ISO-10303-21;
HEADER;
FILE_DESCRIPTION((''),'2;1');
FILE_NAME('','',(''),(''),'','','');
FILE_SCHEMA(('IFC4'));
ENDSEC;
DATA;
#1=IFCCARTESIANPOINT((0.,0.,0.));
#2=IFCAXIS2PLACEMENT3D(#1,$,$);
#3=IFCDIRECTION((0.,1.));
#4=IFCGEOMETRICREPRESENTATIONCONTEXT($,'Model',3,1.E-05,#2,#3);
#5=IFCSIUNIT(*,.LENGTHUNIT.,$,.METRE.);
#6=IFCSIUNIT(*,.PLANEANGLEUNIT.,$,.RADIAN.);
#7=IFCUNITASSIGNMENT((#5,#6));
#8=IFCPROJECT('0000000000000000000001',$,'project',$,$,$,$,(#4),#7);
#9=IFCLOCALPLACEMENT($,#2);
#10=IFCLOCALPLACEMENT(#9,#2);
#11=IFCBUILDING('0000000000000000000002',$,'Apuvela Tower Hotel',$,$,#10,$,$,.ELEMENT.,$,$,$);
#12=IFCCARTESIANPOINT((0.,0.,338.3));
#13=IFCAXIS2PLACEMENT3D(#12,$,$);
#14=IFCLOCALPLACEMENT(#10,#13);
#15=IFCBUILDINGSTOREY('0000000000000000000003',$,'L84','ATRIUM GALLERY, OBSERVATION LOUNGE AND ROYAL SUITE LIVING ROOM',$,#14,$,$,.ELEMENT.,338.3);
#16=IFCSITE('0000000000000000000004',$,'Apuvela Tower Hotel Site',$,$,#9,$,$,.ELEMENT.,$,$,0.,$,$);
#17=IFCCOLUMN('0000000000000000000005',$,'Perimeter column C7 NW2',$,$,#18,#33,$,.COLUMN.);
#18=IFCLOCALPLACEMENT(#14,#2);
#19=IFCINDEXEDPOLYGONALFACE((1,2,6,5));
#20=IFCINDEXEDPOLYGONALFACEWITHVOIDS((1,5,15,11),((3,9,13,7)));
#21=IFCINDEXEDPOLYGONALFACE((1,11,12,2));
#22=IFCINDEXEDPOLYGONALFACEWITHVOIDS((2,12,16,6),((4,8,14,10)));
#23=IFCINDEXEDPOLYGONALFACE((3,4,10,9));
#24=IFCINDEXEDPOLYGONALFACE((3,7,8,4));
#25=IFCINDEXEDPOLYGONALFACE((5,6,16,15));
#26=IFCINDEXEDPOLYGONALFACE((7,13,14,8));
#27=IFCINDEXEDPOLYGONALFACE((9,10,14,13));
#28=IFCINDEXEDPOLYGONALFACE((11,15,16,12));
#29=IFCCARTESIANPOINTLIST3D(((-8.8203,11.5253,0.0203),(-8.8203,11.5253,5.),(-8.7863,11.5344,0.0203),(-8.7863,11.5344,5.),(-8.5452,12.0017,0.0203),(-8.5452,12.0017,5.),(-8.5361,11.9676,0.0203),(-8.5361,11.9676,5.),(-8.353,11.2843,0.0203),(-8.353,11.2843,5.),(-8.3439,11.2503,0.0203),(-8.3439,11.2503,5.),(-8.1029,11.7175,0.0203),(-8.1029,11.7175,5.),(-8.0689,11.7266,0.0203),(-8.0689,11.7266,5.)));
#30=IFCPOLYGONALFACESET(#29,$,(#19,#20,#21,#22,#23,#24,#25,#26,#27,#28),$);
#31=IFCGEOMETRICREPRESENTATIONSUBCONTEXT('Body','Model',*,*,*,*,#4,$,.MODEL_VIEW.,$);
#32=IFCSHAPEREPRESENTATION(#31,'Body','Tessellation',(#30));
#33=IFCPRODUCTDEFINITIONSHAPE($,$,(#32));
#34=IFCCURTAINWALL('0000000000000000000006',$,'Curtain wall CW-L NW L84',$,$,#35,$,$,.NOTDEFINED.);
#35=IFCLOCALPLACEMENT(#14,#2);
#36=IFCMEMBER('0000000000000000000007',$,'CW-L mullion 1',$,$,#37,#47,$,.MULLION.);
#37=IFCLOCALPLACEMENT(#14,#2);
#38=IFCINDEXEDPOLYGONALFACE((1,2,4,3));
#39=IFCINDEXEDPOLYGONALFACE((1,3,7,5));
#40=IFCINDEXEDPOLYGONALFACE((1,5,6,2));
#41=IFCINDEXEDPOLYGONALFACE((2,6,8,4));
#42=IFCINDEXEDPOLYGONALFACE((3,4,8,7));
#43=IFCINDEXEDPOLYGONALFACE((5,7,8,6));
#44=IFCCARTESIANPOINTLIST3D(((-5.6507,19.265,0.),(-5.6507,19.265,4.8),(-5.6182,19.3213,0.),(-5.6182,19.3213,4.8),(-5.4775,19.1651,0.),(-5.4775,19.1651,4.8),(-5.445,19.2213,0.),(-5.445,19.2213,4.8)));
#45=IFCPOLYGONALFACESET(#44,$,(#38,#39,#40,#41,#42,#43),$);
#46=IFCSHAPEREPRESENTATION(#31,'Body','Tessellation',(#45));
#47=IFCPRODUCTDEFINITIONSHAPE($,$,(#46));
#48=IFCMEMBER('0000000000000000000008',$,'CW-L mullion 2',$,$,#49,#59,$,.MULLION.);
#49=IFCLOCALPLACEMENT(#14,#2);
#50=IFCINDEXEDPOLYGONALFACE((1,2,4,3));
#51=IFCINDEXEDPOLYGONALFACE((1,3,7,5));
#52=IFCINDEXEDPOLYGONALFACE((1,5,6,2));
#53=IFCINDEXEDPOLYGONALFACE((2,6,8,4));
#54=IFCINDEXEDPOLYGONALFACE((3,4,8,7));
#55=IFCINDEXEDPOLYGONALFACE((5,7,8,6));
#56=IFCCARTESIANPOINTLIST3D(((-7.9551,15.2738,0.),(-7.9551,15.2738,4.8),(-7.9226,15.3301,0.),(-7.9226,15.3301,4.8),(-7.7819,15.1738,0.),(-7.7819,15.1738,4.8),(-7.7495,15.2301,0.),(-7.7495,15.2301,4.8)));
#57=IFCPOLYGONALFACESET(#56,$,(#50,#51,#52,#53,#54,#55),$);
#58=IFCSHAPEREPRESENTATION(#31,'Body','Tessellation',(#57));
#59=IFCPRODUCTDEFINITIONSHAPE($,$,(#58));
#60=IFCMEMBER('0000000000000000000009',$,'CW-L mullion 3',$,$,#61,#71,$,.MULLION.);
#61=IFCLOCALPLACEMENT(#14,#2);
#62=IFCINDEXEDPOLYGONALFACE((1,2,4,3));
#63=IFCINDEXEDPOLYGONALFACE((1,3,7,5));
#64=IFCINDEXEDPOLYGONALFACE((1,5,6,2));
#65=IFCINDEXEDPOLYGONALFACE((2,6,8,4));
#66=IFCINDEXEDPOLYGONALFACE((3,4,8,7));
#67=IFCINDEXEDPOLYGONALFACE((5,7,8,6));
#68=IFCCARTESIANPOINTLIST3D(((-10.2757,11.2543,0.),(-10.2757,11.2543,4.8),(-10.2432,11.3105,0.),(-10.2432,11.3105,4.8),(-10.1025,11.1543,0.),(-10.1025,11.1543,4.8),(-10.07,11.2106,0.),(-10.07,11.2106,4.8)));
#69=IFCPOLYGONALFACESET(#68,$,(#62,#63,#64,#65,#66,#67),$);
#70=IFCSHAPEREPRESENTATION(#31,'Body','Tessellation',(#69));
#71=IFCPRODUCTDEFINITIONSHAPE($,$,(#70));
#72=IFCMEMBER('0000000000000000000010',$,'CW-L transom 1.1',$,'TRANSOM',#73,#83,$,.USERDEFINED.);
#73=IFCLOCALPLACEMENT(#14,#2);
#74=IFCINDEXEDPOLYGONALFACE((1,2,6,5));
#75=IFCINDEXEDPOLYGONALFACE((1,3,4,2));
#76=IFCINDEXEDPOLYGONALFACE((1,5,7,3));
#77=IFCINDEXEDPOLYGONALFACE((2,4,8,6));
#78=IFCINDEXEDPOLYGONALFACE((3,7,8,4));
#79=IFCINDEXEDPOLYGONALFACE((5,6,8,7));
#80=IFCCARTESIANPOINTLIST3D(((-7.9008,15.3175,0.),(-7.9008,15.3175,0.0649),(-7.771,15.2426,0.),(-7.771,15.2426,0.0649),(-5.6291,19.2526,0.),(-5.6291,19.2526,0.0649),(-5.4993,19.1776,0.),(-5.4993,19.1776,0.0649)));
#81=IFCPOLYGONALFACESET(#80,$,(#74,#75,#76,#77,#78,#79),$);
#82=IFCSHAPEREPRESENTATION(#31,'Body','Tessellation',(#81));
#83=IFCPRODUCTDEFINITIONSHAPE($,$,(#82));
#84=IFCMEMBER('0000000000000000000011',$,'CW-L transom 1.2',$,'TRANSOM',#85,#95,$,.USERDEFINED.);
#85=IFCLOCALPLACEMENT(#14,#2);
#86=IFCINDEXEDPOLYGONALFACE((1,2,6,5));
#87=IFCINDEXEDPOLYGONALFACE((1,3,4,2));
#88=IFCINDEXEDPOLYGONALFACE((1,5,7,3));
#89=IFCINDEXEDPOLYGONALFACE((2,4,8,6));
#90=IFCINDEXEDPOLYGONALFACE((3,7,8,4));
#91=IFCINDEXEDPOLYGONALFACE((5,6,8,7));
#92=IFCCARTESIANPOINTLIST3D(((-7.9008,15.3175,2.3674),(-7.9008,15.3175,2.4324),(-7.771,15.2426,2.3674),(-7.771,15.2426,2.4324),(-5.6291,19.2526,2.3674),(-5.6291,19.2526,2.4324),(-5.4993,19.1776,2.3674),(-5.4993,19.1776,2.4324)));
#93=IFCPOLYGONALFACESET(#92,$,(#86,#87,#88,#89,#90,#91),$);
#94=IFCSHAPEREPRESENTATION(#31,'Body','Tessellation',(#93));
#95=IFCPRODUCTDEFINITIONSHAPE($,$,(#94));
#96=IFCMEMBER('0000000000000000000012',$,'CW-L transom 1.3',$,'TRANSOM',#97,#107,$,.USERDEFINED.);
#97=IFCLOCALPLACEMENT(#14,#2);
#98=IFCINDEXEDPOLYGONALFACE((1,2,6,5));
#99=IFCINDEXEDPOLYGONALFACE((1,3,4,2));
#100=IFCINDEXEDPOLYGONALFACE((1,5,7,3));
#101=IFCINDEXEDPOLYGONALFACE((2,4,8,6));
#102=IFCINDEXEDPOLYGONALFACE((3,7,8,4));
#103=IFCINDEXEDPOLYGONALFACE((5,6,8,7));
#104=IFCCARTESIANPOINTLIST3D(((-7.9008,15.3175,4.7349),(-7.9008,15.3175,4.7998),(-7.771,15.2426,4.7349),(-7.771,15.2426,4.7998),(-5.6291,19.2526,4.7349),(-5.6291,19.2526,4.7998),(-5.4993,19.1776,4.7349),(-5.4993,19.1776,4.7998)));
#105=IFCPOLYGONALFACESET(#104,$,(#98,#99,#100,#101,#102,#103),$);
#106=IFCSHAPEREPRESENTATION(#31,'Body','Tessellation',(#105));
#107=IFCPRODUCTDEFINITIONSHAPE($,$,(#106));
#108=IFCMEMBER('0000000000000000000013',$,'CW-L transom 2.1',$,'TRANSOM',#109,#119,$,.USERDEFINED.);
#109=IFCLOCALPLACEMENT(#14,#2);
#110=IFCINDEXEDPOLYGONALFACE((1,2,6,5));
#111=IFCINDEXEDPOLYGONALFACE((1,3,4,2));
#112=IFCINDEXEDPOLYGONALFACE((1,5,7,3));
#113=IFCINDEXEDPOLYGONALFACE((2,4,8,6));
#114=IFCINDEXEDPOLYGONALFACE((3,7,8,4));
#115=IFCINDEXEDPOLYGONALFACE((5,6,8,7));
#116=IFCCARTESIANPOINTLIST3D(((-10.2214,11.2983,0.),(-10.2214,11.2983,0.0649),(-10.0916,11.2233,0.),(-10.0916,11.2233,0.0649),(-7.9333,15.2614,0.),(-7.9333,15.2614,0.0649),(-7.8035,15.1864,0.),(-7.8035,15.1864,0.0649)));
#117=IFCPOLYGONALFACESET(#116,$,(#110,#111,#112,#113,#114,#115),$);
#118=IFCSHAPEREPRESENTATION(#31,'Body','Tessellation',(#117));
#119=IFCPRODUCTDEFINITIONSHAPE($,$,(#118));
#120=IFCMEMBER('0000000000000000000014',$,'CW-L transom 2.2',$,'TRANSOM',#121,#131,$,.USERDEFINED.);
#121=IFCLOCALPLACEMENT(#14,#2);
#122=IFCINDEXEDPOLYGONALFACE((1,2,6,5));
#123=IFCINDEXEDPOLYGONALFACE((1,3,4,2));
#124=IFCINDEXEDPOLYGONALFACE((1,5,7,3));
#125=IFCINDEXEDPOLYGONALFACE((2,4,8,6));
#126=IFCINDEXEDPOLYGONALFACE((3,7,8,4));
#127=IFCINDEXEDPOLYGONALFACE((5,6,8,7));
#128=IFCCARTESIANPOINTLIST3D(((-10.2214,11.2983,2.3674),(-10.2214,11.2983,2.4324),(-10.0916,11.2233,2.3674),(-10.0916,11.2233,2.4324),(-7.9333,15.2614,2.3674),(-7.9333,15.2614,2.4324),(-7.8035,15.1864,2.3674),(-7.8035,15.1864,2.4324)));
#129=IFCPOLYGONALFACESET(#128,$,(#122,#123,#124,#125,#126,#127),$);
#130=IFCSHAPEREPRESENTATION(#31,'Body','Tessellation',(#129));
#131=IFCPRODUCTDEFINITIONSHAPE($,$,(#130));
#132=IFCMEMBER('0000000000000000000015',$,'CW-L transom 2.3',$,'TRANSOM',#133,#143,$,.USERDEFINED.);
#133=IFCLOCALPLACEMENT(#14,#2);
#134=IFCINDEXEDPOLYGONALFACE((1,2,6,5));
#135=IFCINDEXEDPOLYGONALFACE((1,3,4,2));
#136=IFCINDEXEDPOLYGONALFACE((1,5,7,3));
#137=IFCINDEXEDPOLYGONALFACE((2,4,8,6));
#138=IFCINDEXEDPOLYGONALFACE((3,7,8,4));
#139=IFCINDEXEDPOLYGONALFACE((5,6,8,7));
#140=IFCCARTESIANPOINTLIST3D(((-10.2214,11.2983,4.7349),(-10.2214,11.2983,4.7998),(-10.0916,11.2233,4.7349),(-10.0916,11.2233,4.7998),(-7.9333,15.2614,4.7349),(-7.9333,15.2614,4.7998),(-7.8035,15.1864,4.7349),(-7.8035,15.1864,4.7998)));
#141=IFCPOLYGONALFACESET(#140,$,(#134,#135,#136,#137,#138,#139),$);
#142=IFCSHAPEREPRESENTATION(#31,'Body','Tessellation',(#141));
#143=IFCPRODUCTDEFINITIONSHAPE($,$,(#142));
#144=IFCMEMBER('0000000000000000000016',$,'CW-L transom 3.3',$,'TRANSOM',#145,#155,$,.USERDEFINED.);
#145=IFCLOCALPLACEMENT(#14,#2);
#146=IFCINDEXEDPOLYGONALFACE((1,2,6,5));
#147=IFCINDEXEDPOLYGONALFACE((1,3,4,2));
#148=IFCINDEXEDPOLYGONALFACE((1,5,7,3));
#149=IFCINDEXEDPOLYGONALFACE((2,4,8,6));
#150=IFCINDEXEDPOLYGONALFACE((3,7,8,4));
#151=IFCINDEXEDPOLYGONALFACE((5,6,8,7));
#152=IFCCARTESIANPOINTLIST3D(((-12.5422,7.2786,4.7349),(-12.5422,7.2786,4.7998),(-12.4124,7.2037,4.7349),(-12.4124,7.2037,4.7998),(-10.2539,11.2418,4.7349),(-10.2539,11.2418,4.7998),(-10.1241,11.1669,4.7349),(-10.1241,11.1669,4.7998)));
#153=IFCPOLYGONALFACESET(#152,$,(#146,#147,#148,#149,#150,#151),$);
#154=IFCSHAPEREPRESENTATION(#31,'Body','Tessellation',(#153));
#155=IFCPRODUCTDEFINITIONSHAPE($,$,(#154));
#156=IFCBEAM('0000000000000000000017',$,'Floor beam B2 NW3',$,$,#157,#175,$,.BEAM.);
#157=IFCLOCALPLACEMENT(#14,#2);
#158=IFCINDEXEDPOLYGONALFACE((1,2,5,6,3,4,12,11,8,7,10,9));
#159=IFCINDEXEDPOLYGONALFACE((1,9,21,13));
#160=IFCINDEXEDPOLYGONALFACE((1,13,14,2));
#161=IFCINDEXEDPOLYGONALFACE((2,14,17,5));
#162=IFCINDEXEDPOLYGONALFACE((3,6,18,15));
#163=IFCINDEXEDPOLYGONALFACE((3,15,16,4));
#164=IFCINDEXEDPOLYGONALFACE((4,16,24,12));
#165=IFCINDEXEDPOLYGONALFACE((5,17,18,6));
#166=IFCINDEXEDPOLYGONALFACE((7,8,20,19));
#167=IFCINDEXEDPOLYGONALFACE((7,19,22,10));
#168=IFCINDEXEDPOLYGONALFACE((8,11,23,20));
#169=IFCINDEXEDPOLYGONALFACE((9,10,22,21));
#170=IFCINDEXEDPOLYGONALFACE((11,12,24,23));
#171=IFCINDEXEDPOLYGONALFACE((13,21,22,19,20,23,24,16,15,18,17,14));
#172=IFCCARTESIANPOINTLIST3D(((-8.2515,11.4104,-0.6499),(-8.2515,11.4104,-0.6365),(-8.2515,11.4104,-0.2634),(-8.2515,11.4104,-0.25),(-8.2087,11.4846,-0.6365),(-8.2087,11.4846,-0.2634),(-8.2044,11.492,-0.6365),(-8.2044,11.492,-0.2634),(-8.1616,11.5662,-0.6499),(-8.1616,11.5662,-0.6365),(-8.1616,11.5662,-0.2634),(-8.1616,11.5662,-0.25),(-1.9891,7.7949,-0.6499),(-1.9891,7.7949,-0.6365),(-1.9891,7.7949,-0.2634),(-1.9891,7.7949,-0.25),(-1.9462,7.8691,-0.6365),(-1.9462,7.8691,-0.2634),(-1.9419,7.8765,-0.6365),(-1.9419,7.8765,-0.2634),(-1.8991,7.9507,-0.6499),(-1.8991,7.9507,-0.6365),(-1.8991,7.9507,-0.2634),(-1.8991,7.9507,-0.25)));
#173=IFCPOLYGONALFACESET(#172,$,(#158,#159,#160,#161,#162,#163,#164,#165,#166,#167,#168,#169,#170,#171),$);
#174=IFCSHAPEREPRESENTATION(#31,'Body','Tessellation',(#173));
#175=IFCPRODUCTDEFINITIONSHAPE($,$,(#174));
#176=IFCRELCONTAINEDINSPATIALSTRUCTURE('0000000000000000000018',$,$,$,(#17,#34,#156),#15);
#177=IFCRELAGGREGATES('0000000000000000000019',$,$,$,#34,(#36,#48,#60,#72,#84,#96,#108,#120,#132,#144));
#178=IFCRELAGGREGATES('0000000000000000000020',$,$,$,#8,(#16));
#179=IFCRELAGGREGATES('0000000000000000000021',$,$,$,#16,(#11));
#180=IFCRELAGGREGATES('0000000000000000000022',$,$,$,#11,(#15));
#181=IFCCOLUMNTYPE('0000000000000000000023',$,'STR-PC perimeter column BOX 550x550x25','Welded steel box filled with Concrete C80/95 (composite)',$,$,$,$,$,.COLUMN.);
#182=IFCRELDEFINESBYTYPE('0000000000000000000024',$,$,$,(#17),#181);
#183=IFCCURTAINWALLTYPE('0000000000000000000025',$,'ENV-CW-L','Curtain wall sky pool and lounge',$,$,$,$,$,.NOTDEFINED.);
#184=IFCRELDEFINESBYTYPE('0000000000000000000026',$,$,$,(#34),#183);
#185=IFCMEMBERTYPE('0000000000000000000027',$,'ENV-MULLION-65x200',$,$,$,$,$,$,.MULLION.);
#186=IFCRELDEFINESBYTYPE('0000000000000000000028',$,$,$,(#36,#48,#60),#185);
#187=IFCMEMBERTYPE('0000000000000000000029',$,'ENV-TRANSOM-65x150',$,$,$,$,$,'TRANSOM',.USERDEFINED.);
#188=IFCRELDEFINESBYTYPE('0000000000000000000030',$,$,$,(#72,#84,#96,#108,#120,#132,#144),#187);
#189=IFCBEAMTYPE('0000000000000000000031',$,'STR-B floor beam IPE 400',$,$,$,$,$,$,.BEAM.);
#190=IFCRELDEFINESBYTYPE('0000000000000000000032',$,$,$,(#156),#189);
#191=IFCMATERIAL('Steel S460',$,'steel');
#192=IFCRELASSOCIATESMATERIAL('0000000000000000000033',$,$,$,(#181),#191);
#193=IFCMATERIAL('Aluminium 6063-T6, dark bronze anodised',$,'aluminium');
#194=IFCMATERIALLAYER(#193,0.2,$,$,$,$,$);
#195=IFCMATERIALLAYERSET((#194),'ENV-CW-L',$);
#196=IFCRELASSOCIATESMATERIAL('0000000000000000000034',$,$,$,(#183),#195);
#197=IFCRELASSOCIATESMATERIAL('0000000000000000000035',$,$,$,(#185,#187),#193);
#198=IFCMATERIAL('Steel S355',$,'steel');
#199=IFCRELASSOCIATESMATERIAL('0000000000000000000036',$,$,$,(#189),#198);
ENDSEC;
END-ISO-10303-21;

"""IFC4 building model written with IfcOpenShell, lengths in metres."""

from ifc_helpers import new_model, si_unit, direction, frame, origin, origin_2d, place, context, subcontext, project, spatial, rectangle, hollow_rectangle, i_section, extrude, boolean, halfspace, material, layer, layer_set, material_profile, profile_set, type_object, element, aggregate, save


model = new_model("IFC4")

# Units and contexts
model_context = context("Model", 3, precision=1e-05, world=origin(), true_north=direction((0.0, 1.0)))
body_context = subcontext(model_context, "Body", "Model", "MODEL_VIEW")
ifc_project = project(units=[si_unit("LENGTHUNIT", "METRE"), si_unit("PLANEANGLEUNIT", "RADIAN")], contexts=[model_context])

# Site, building, storey
site_placement = place(None, origin())
site = spatial("IfcSite", under=ifc_project, at=site_placement, Name="Apuvela Tower Hotel Site", CompositionType="ELEMENT", RefElevation=0.0)
building_placement = place(site_placement, origin())
building = spatial("IfcBuilding", under=site, at=building_placement, Name="Apuvela Tower Hotel", CompositionType="ELEMENT")
storey_placement = place(building_placement, frame((0.0, 0.0, 338.3)))
storey = spatial("IfcBuildingStorey", under=building, at=storey_placement, Name="L84", Description="ATRIUM GALLERY, OBSERVATION LOUNGE AND ROYAL SUITE LIVING ROOM", CompositionType="ELEMENT", Elevation=338.3)

# Column
ifc_material_1 = material(Name="Steel S460", Category="steel")
ifc_material_profile_1 = material_profile(ifc_material_1, hollow_rectangle(XDim=0.55, YDim=0.55, WallThickness=0.0249, at=origin_2d()), Name="BOX 550x550x25")
ifc_material_2 = material(Name="Concrete C80/95", Category="concrete")
ifc_material_profile_2 = material_profile(ifc_material_2, rectangle(XDim=0.5, YDim=0.5, at=origin_2d()), Name="Concrete C80/95 infill")
ifc_profile_set_1 = profile_set([ifc_material_profile_1, ifc_material_profile_2], Name="Steel S460")
column_type = type_object("IfcColumnType", Name="STR-PC perimeter column BOX 550x550x25", Description="Welded steel box filled with Concrete C80/95 (composite)", PredefinedType="COLUMN", material=ifc_profile_set_1)
column_placement = place(storey_placement, frame((-8.4446, 11.626, 0.0), z_axis=(0.0, 0.0, 1.0), x_axis=(0.5, 0.866025, 0.0)))
element("IfcColumn", 1, at=column_placement, inside=storey, type_object=column_type, Name="Perimeter column C7 NW2", PredefinedType="COLUMN", context=body_context, shape_type="SweptSolid", body=[
    boolean("DIFFERENCE", extrude(hollow_rectangle(XDim=0.55, YDim=0.55, WallThickness=0.0249, at=origin_2d()), origin(), (0.0, 0.0, 1.0), 5.0), halfspace(frame((0.0, 0.0, 0.0203), z_axis=(0.0, 0.0, 1.0), x_axis=(1.0, 0.0, 0.0)), True)),
])

# Curtain wall, members
ifc_material_3 = material(Name="Aluminium 6063-T6, dark bronze anodised", Category="aluminium")
ifc_layer_1 = layer(ifc_material_3, 0.2)
ifc_layer_set_1 = layer_set([ifc_layer_1], Name="ENV-CW-L")
curtain_wall_type = type_object("IfcCurtainWallType", Name="ENV-CW-L", Description="Curtain wall sky pool and lounge", PredefinedType="NOTDEFINED", material=ifc_layer_set_1)
curtain_wall_placement = place(storey_placement, origin())
curtain_wall = element("IfcCurtainWall", 2, at=curtain_wall_placement, inside=storey, type_object=curtain_wall_type, Name="Curtain wall CW-L NW L84", PredefinedType="NOTDEFINED")
ifc_material_profile_3 = material_profile(ifc_material_3, rectangle(XDim=0.2, YDim=0.0649, at=origin_2d()), Name="AL 65x200")
ifc_profile_set_2 = profile_set([ifc_material_profile_3], Name="Aluminium 6063-T6, dark bronze anodised")
member_type_1 = type_object("IfcMemberType", Name="ENV-MULLION-65x200", PredefinedType="MULLION", material=ifc_profile_set_2)
member_1_placement = place(storey_placement, frame((-5.5479, 19.2432, 0.0), z_axis=(0.0, 0.0, 1.0), x_axis=(0.866026, -0.499999, 0.0)))
member_1 = element("IfcMember", 3, at=member_1_placement, type_object=member_type_1, Name="CW-L mullion 1", PredefinedType="MULLION", context=body_context, shape_type="SweptSolid", body=[
    extrude(rectangle(XDim=0.2, YDim=0.0649, at=origin_2d()), origin(), (0.0, 0.0, 1.0), 4.8),
])
member_2_placement = place(storey_placement, frame((-7.8523, 15.252, 0.0), z_axis=(0.0, 0.0, 1.0), x_axis=(0.866026, -0.499999, 0.0)))
member_2 = element("IfcMember", 4, at=member_2_placement, type_object=member_type_1, Name="CW-L mullion 2", PredefinedType="MULLION", context=body_context, shape_type="SweptSolid", body=[
    extrude(rectangle(XDim=0.2, YDim=0.0649, at=origin_2d()), origin(), (0.0, 0.0, 1.0), 4.8),
])
member_3_placement = place(storey_placement, frame((-10.1729, 11.2324, 0.0), z_axis=(0.0, 0.0, 1.0), x_axis=(0.866026, -0.499999, 0.0)))
member_3 = element("IfcMember", 5, at=member_3_placement, type_object=member_type_1, Name="CW-L mullion 3", PredefinedType="MULLION", context=body_context, shape_type="SweptSolid", body=[
    extrude(rectangle(XDim=0.2, YDim=0.0649, at=origin_2d()), origin(), (0.0, 0.0, 1.0), 4.8),
])
ifc_material_profile_4 = material_profile(ifc_material_3, rectangle(XDim=0.1499, YDim=0.0649, at=origin_2d()), Name="AL 65x150 transom")
ifc_profile_set_3 = profile_set([ifc_material_profile_4], Name="Aluminium 6063-T6, dark bronze anodised")
member_type_2 = type_object("IfcMemberType", Name="ENV-TRANSOM-65x150", ElementType="TRANSOM", PredefinedType="USERDEFINED", material=ifc_profile_set_3)
member_4_placement = place(storey_placement, frame((-5.5642, 19.2151, 0.0325), z_axis=(-0.499971, -0.866042, 0.0), x_axis=(0.866042, -0.499971, 0.0)))
member_4 = element("IfcMember", 6, at=member_4_placement, type_object=member_type_2, Name="CW-L transom 1.1", ObjectType="TRANSOM", PredefinedType="USERDEFINED", context=body_context, shape_type="SweptSolid", body=[
    extrude(rectangle(XDim=0.1499, YDim=0.0649, at=origin_2d()), origin(), (0.0, 0.0, 1.0), 4.5437),
])
member_5_placement = place(storey_placement, frame((-5.5642, 19.2151, 2.3999), z_axis=(-0.499971, -0.866042, 0.0), x_axis=(0.866042, -0.499971, 0.0)))
member_5 = element("IfcMember", 7, at=member_5_placement, type_object=member_type_2, Name="CW-L transom 1.2", ObjectType="TRANSOM", PredefinedType="USERDEFINED", context=body_context, shape_type="SweptSolid", body=[
    extrude(rectangle(XDim=0.1499, YDim=0.0649, at=origin_2d()), origin(), (0.0, 0.0, 1.0), 4.5437),
])
member_6_placement = place(storey_placement, frame((-5.5642, 19.2151, 4.7673), z_axis=(-0.499971, -0.866042, 0.0), x_axis=(0.866042, -0.499971, 0.0)))
member_6 = element("IfcMember", 8, at=member_6_placement, type_object=member_type_2, Name="CW-L transom 1.3", ObjectType="TRANSOM", PredefinedType="USERDEFINED", context=body_context, shape_type="SweptSolid", body=[
    extrude(rectangle(XDim=0.1499, YDim=0.0649, at=origin_2d()), origin(), (0.0, 0.0, 1.0), 4.5437),
])
member_7_placement = place(storey_placement, frame((-7.8684, 15.2239, 0.0325), z_axis=(-0.499995, -0.866028, 0.0), x_axis=(0.866028, -0.499995, 0.0)))
member_7 = element("IfcMember", 9, at=member_7_placement, type_object=member_type_2, Name="CW-L transom 2.1", ObjectType="TRANSOM", PredefinedType="USERDEFINED", context=body_context, shape_type="SweptSolid", body=[
    extrude(rectangle(XDim=0.1499, YDim=0.0649, at=origin_2d()), origin(), (0.0, 0.0, 1.0), 4.5762),
])
member_8_placement = place(storey_placement, frame((-7.8684, 15.2239, 2.3999), z_axis=(-0.499995, -0.866028, 0.0), x_axis=(0.866028, -0.499995, 0.0)))
member_8 = element("IfcMember", 10, at=member_8_placement, type_object=member_type_2, Name="CW-L transom 2.2", ObjectType="TRANSOM", PredefinedType="USERDEFINED", context=body_context, shape_type="SweptSolid", body=[
    extrude(rectangle(XDim=0.1499, YDim=0.0649, at=origin_2d()), origin(), (0.0, 0.0, 1.0), 4.5762),
])
member_9_placement = place(storey_placement, frame((-7.8684, 15.2239, 4.7673), z_axis=(-0.499995, -0.866028, 0.0), x_axis=(0.866028, -0.499995, 0.0)))
member_9 = element("IfcMember", 11, at=member_9_placement, type_object=member_type_2, Name="CW-L transom 2.3", ObjectType="TRANSOM", PredefinedType="USERDEFINED", context=body_context, shape_type="SweptSolid", body=[
    extrude(rectangle(XDim=0.1499, YDim=0.0649, at=origin_2d()), origin(), (0.0, 0.0, 1.0), 4.5762),
])
member_10_placement = place(storey_placement, frame((-10.189, 11.2043, 4.7673), z_axis=(-0.500035, -0.866005, 0.0), x_axis=(0.866005, -0.500035, 0.0)))
member_10 = element("IfcMember", 12, at=member_10_placement, type_object=member_type_2, Name="CW-L transom 3.3", ObjectType="TRANSOM", PredefinedType="USERDEFINED", context=body_context, shape_type="SweptSolid", body=[
    extrude(rectangle(XDim=0.1499, YDim=0.0649, at=origin_2d()), origin(), (0.0, 0.0, 1.0), 4.5764),
])

# Beam
ifc_material_4 = material(Name="Steel S355", Category="steel")
ifc_material_profile_5 = material_profile(ifc_material_4, i_section(OverallWidth=0.1799, OverallDepth=0.3999, WebThickness=0.0085, FlangeThickness=0.0134, at=origin_2d()), Name="IPE 400")
ifc_profile_set_4 = profile_set([ifc_material_profile_5], Name="Steel S355")
beam_type_1 = type_object("IfcBeamType", Name="STR-B floor beam IPE 400", PredefinedType="BEAM", material=ifc_profile_set_4)
beam_1_placement = place(storey_placement, frame((-8.2065, 11.4883, -0.45), z_axis=(0.866034, -0.499985, 0.0), x_axis=(0.499985, 0.866034, 0.0)))
element("IfcBeam", 13, at=beam_1_placement, inside=storey, type_object=beam_type_1, Name="Floor beam B2 NW3", PredefinedType="BEAM", context=body_context, shape_type="SweptSolid", body=[
    extrude(i_section(OverallWidth=0.1799, OverallDepth=0.3999, WebThickness=0.0085, FlangeThickness=0.0134, at=origin_2d()), origin(), (0.0, 0.0, 1.0), 7.2312),
])

aggregate(curtain_wall, [member_1, member_2, member_3, member_4, member_5, member_6, member_7, member_8, member_9, member_10])

save(model, "model.ifc")
